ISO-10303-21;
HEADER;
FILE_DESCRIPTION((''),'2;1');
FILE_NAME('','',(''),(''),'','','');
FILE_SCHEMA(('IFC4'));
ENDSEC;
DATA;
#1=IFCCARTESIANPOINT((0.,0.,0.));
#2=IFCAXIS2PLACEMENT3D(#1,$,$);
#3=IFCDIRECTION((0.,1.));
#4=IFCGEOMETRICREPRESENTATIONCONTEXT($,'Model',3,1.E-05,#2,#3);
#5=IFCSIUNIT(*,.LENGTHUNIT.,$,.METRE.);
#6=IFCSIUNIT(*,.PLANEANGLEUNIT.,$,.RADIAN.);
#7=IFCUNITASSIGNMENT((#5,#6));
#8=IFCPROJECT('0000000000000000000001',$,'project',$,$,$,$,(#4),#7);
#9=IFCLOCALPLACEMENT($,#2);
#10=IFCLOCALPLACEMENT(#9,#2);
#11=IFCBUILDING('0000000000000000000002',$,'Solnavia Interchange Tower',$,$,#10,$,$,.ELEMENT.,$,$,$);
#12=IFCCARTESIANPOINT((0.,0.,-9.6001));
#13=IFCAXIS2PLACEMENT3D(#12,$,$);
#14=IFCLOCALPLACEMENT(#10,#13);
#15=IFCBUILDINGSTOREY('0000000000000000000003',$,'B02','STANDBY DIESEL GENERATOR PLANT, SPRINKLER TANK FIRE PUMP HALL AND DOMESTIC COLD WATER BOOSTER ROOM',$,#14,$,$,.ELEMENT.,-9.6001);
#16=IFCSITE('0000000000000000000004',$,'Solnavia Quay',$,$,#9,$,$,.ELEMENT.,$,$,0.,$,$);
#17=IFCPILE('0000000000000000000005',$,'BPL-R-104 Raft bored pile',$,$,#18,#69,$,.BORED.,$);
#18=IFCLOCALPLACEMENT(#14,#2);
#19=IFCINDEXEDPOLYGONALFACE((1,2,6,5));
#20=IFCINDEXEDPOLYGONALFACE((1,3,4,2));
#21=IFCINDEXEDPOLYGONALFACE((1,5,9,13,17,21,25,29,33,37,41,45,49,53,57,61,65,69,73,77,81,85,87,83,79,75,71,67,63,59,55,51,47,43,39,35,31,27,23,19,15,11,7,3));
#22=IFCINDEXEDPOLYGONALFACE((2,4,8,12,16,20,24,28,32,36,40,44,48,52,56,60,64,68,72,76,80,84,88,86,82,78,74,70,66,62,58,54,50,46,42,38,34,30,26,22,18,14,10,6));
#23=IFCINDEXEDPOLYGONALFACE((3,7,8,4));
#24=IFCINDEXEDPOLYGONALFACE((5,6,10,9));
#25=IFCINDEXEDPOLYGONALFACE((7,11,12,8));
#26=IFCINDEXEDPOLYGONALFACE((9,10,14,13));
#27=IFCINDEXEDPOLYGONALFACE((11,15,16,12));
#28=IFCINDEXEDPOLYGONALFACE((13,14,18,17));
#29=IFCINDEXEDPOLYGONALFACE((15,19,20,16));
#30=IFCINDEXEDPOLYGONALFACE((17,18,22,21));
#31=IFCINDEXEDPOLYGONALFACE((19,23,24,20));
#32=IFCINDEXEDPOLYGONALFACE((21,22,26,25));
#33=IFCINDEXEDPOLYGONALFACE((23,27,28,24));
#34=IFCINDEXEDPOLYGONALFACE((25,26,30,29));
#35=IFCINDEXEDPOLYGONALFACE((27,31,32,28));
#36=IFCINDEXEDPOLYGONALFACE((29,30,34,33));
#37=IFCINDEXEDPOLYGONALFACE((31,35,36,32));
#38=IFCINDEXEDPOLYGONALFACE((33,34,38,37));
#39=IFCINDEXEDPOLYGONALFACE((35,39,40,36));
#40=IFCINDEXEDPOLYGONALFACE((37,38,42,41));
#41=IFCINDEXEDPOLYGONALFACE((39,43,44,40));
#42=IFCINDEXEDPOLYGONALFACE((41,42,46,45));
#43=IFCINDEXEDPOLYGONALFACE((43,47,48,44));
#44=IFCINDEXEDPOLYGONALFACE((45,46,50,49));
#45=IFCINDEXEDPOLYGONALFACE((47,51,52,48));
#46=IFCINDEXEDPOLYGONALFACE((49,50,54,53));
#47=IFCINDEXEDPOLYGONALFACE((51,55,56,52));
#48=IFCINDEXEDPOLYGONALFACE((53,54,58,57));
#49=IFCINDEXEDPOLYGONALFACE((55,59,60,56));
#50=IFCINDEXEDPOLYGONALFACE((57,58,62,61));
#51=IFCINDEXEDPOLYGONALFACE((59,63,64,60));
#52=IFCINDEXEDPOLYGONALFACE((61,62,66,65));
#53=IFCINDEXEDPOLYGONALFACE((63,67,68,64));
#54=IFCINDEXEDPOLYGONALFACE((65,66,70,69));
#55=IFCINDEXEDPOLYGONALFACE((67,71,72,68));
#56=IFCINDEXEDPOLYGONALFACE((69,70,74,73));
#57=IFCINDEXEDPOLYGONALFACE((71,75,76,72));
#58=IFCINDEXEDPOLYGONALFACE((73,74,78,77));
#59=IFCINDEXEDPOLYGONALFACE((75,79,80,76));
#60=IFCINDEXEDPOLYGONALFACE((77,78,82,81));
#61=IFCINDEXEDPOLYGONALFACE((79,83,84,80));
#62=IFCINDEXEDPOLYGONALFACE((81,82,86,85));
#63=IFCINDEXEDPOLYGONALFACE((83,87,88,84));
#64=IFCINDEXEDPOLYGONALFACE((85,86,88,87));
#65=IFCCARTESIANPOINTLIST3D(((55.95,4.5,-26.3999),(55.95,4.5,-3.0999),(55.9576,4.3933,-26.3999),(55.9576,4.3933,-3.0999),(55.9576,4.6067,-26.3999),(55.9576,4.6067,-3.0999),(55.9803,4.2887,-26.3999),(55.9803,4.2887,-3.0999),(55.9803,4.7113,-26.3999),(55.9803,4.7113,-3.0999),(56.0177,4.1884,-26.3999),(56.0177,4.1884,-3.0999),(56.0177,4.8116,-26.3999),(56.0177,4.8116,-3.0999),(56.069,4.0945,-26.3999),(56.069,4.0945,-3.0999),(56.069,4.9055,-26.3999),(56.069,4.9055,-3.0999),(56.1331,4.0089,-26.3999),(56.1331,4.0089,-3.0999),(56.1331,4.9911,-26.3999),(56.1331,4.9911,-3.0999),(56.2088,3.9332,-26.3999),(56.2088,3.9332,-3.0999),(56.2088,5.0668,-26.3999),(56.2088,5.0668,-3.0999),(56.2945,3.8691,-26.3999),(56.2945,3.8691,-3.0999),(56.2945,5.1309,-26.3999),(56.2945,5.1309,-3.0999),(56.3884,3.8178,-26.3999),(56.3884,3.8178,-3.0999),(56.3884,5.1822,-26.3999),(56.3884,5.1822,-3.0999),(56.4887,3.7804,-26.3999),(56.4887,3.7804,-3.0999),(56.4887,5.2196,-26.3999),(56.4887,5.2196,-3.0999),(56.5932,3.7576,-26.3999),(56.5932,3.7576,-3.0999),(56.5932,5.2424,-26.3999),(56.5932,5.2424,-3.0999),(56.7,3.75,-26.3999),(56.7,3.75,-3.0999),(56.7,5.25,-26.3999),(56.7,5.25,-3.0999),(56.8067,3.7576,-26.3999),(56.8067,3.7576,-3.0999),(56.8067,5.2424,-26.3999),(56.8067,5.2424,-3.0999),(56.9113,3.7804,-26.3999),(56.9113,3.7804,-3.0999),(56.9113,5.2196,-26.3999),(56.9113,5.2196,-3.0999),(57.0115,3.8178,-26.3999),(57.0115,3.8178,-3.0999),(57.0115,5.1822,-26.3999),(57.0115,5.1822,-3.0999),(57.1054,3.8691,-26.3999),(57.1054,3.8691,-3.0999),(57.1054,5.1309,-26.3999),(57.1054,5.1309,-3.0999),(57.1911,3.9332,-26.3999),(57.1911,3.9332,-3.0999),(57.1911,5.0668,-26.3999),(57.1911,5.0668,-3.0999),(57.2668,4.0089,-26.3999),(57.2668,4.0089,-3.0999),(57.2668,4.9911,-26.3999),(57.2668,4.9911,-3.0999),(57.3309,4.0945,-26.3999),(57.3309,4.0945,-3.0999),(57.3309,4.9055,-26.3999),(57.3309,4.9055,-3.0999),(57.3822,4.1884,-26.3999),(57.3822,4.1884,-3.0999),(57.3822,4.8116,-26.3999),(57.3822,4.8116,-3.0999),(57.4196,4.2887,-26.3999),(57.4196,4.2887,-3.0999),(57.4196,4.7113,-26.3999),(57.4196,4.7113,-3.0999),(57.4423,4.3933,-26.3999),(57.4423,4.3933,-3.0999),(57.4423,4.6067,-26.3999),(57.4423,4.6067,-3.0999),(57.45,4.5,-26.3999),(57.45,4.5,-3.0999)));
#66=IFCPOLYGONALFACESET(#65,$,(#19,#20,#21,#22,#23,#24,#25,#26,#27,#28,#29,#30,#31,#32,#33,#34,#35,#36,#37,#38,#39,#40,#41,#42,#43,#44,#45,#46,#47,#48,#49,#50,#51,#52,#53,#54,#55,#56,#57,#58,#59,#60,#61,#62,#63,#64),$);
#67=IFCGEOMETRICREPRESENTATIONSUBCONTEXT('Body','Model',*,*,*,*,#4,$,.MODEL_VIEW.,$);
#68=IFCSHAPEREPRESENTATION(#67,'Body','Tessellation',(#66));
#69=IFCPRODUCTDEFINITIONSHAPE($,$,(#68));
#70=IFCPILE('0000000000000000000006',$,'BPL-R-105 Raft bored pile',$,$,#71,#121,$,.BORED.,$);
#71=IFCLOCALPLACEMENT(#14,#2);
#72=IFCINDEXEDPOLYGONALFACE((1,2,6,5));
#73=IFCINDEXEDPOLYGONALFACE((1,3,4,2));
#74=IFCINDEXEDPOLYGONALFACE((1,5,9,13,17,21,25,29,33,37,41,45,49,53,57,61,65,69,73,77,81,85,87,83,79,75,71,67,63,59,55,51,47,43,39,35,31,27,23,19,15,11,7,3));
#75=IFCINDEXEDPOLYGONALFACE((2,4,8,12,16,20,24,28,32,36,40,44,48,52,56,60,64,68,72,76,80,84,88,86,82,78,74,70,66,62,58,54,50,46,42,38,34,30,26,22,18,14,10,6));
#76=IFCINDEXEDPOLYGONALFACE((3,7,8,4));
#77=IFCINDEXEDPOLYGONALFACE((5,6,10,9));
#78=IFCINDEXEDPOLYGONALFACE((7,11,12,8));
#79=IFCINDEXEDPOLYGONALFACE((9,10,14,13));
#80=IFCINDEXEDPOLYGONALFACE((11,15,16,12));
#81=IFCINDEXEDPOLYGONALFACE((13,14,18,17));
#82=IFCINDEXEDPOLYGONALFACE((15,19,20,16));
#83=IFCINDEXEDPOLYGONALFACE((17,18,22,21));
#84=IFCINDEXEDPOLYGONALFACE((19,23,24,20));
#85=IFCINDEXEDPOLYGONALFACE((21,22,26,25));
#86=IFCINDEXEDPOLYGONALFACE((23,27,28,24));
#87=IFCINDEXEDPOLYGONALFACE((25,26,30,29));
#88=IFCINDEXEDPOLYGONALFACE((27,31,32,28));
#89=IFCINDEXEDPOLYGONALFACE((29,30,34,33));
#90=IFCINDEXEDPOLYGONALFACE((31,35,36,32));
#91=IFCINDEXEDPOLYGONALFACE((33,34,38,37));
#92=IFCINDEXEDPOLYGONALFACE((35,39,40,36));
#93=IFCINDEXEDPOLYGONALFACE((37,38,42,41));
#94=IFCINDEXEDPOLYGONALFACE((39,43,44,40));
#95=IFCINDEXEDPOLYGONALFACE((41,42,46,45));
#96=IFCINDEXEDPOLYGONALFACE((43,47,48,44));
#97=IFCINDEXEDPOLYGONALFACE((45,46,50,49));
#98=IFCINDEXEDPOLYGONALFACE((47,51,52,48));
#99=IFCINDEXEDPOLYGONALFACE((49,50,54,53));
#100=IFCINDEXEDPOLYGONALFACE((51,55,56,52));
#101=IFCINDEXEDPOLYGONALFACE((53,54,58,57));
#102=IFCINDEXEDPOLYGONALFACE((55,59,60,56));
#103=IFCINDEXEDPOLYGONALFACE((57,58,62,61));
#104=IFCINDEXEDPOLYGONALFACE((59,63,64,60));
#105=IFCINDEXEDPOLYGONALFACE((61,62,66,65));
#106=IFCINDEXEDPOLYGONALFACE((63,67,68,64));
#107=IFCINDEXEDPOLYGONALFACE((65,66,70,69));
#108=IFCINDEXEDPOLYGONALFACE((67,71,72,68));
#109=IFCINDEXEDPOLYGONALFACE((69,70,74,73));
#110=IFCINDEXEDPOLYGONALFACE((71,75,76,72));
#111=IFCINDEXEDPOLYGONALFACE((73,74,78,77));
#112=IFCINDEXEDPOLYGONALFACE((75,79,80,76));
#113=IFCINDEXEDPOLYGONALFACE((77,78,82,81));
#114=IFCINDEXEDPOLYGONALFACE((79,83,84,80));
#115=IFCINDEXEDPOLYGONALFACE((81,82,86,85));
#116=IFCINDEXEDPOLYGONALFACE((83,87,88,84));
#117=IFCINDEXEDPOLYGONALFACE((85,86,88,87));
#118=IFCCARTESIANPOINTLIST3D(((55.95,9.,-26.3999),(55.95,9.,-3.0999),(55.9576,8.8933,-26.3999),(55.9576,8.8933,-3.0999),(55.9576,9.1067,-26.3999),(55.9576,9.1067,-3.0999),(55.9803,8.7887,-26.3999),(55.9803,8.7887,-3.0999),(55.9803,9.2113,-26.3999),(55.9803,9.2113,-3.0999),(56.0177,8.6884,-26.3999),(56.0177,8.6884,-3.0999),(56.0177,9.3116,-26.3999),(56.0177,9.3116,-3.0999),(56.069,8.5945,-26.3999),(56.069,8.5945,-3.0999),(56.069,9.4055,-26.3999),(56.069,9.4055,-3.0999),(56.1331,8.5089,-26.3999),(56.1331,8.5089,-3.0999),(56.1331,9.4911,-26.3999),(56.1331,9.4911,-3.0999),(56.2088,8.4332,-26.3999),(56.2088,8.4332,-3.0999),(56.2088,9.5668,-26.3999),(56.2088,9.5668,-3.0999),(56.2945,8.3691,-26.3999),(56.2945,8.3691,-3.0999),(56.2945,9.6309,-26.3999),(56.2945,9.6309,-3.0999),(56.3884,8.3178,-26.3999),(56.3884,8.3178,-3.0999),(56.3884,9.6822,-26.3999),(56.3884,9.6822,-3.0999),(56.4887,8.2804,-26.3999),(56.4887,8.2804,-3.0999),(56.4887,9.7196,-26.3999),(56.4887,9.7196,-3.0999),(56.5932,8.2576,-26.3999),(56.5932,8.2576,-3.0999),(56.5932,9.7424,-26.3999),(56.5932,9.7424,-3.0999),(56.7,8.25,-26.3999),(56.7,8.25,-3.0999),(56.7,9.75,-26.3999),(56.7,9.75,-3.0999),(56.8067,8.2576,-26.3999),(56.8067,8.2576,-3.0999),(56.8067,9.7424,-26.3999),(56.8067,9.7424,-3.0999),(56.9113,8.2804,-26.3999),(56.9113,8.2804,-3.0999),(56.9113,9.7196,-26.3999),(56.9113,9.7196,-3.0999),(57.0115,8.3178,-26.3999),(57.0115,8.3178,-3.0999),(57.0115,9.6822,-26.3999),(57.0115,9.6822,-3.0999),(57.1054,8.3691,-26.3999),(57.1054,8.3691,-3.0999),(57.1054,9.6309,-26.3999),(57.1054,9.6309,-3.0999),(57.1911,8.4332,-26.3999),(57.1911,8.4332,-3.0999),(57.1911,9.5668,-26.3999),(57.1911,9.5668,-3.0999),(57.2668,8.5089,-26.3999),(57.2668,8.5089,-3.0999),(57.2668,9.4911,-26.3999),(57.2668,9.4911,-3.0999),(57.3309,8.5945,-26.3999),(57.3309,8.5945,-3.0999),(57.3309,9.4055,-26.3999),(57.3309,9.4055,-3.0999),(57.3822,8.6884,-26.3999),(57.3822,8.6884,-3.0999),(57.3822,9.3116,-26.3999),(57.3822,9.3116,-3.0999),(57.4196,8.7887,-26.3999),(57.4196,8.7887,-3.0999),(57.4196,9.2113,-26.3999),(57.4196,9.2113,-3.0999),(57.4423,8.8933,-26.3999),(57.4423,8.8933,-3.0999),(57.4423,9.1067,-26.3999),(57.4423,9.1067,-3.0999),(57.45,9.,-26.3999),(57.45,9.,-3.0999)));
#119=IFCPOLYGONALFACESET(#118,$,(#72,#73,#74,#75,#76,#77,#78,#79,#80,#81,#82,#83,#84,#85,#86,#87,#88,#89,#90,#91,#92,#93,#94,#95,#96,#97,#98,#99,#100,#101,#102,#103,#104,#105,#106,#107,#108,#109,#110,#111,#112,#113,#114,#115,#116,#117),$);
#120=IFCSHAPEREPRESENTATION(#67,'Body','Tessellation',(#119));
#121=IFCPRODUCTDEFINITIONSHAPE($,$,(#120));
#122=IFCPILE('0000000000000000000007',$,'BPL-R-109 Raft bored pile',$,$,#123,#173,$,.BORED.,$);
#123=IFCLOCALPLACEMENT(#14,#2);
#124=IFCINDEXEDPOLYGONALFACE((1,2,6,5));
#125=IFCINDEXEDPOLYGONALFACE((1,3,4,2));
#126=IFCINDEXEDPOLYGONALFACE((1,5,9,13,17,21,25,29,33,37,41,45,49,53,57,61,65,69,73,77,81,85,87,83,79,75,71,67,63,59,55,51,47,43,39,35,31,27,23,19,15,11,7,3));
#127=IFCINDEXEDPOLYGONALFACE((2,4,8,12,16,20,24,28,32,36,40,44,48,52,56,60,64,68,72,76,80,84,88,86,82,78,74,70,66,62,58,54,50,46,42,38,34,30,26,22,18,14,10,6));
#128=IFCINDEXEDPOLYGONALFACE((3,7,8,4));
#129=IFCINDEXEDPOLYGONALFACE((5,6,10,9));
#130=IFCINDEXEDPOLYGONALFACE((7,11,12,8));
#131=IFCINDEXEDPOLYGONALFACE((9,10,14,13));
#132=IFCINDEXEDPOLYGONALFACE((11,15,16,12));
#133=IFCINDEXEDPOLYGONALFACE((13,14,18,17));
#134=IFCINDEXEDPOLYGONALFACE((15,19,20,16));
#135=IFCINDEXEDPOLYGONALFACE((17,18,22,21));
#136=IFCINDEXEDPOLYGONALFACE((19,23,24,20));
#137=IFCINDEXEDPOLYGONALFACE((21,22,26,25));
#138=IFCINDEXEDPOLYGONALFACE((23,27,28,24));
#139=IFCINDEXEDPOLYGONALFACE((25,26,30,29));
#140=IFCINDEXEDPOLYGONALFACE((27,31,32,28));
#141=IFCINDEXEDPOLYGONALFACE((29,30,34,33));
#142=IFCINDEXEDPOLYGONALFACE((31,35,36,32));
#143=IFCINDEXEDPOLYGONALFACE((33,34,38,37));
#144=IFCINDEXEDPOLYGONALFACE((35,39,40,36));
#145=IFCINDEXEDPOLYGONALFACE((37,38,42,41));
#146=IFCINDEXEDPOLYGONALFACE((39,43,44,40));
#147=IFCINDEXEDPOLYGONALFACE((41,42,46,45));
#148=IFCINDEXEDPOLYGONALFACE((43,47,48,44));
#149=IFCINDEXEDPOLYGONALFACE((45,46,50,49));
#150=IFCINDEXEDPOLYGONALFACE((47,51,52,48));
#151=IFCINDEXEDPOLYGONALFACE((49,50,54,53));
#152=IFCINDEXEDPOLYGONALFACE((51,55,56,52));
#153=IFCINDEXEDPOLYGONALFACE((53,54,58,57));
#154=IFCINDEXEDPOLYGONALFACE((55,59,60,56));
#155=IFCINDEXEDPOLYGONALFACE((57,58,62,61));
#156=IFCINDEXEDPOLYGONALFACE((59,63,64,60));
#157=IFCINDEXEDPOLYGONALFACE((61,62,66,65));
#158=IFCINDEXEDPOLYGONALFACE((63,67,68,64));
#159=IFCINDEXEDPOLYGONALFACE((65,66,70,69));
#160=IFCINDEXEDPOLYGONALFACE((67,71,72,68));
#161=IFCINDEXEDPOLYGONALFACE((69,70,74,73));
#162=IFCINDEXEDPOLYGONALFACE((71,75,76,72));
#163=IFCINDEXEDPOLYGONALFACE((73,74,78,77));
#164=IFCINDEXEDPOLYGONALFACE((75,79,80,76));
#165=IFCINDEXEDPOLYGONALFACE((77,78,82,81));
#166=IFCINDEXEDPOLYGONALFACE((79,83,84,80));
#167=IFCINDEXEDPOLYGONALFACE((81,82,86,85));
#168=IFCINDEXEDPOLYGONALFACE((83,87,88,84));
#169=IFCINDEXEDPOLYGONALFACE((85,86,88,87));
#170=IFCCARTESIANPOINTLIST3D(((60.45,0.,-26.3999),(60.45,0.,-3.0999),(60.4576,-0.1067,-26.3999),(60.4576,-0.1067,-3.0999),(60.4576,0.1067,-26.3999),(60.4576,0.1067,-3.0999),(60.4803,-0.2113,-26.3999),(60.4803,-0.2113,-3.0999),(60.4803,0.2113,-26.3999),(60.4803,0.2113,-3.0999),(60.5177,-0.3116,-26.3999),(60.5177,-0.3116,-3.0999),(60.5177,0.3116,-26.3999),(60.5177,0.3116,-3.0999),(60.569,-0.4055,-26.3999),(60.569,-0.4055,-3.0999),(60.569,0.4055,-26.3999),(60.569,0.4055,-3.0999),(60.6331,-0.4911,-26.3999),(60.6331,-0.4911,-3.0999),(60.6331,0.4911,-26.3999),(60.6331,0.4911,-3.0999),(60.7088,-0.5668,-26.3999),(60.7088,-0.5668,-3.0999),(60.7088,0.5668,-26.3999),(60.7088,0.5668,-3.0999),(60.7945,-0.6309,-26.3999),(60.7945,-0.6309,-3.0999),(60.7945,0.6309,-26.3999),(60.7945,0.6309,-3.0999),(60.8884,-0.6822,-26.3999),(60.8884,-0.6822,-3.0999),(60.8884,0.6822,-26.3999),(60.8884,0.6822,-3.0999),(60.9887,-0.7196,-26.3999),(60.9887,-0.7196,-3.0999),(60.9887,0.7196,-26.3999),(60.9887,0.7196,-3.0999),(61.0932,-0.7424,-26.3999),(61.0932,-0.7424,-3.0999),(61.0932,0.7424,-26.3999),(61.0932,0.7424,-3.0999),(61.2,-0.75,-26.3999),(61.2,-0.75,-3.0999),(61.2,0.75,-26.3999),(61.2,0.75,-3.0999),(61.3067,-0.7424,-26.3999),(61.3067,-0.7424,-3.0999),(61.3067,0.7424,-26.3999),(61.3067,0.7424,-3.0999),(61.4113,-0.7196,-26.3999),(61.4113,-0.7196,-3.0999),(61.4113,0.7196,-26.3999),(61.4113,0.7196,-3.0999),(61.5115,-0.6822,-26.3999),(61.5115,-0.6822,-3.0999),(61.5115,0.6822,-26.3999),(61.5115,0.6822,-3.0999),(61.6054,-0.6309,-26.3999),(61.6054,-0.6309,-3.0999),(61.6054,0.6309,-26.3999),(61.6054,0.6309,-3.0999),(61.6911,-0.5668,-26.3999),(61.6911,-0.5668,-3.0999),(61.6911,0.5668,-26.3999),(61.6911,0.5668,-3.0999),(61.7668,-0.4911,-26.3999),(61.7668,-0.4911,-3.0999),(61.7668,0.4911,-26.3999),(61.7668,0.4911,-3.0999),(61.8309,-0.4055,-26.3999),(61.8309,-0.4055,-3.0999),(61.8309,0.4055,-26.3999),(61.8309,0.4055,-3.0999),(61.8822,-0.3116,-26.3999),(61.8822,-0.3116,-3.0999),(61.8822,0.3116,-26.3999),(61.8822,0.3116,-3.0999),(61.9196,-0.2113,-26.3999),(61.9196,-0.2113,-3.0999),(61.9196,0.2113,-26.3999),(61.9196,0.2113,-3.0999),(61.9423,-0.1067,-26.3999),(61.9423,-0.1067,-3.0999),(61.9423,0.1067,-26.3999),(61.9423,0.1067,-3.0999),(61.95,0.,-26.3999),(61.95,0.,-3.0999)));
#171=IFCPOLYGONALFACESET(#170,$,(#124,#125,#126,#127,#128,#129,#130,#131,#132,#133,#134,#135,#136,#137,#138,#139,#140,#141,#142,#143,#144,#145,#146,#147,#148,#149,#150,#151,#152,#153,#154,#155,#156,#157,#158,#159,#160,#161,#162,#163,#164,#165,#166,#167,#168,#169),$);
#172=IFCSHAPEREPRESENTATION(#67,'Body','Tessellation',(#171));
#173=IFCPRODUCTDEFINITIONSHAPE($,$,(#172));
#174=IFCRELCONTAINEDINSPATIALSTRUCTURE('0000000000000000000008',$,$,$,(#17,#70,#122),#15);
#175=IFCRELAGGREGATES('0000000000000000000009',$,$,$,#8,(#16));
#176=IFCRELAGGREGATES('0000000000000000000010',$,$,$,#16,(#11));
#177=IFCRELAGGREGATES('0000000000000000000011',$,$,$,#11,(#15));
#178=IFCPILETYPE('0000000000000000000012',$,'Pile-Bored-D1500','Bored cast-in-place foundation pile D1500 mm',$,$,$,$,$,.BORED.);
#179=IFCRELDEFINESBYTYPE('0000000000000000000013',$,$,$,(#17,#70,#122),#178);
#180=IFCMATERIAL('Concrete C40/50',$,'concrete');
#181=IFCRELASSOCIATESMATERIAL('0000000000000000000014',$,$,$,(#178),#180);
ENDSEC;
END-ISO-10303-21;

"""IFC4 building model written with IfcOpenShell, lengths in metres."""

from ifc_helpers import new_model, si_unit, direction, frame, origin, origin_2d, place, context, subcontext, project, spatial, circle, extrude, material, material_profile, profile_set, type_object, element, save


model = new_model("IFC4")

# Units and contexts
model_context = context("Model", 3, precision=1e-05, world=origin(), true_north=direction((0.0, 1.0)))
body_context = subcontext(model_context, "Body", "Model", "MODEL_VIEW")
ifc_project = project(units=[si_unit("LENGTHUNIT", "METRE"), si_unit("PLANEANGLEUNIT", "RADIAN")], contexts=[model_context])

# Site, building, storey
site_placement = place(None, origin())
site = spatial("IfcSite", under=ifc_project, at=site_placement, Name="Solnavia Quay", CompositionType="ELEMENT", RefElevation=0.0)
building_placement = place(site_placement, origin())
building = spatial("IfcBuilding", under=site, at=building_placement, Name="Solnavia Interchange Tower", CompositionType="ELEMENT")
storey_placement = place(building_placement, frame((0.0, 0.0, -9.6001)))
storey = spatial("IfcBuildingStorey", under=building, at=storey_placement, Name="B02", Description="STANDBY DIESEL GENERATOR PLANT, SPRINKLER TANK FIRE PUMP HALL AND DOMESTIC COLD WATER BOOSTER ROOM", CompositionType="ELEMENT", Elevation=-9.6001)

# Shared definitions
ifc_material_1 = material(Name="Concrete C40/50", Category="concrete")

# Piles
ifc_material_profile_1 = material_profile(ifc_material_1, circle(Radius=0.75, at=origin_2d()), Name="PILE D1500")
ifc_profile_set_1 = profile_set([ifc_material_profile_1], Name="Concrete C40/50")
pile_type_1 = type_object("IfcPileType", Name="Pile-Bored-D1500", Description="Bored cast-in-place foundation pile D1500 mm", PredefinedType="BORED", material=ifc_profile_set_1)
for number, where, z_axis, x_axis, name in (
    (1, (56.7, 4.5, -3.0999), (0.0, 0.0, -1.0), (1.0, 0.0, 0.0), "BPL-R-104 Raft bored pile"),
    (2, (56.7, 9.0, -3.0999), (0.0, 0.0, -1.0), (1.0, 0.0, 0.0), "BPL-R-105 Raft bored pile"),
    (3, (61.2, 0.0, -3.0999), (0.0, 0.0, -1.0), (1.0, 0.0, 0.0), "BPL-R-109 Raft bored pile"),
):
    element("IfcPile", number, at=place(storey_placement, frame(where, z_axis=z_axis, x_axis=x_axis)), inside=storey, type_object=pile_type_1, Name=name, PredefinedType="BORED", context=body_context, shape_type="SweptSolid", body=[
        extrude(circle(Radius=0.75, at=origin_2d()), origin(), (0.0, 0.0, 1.0), 23.3),
    ])

save(model, "model.ifc")
